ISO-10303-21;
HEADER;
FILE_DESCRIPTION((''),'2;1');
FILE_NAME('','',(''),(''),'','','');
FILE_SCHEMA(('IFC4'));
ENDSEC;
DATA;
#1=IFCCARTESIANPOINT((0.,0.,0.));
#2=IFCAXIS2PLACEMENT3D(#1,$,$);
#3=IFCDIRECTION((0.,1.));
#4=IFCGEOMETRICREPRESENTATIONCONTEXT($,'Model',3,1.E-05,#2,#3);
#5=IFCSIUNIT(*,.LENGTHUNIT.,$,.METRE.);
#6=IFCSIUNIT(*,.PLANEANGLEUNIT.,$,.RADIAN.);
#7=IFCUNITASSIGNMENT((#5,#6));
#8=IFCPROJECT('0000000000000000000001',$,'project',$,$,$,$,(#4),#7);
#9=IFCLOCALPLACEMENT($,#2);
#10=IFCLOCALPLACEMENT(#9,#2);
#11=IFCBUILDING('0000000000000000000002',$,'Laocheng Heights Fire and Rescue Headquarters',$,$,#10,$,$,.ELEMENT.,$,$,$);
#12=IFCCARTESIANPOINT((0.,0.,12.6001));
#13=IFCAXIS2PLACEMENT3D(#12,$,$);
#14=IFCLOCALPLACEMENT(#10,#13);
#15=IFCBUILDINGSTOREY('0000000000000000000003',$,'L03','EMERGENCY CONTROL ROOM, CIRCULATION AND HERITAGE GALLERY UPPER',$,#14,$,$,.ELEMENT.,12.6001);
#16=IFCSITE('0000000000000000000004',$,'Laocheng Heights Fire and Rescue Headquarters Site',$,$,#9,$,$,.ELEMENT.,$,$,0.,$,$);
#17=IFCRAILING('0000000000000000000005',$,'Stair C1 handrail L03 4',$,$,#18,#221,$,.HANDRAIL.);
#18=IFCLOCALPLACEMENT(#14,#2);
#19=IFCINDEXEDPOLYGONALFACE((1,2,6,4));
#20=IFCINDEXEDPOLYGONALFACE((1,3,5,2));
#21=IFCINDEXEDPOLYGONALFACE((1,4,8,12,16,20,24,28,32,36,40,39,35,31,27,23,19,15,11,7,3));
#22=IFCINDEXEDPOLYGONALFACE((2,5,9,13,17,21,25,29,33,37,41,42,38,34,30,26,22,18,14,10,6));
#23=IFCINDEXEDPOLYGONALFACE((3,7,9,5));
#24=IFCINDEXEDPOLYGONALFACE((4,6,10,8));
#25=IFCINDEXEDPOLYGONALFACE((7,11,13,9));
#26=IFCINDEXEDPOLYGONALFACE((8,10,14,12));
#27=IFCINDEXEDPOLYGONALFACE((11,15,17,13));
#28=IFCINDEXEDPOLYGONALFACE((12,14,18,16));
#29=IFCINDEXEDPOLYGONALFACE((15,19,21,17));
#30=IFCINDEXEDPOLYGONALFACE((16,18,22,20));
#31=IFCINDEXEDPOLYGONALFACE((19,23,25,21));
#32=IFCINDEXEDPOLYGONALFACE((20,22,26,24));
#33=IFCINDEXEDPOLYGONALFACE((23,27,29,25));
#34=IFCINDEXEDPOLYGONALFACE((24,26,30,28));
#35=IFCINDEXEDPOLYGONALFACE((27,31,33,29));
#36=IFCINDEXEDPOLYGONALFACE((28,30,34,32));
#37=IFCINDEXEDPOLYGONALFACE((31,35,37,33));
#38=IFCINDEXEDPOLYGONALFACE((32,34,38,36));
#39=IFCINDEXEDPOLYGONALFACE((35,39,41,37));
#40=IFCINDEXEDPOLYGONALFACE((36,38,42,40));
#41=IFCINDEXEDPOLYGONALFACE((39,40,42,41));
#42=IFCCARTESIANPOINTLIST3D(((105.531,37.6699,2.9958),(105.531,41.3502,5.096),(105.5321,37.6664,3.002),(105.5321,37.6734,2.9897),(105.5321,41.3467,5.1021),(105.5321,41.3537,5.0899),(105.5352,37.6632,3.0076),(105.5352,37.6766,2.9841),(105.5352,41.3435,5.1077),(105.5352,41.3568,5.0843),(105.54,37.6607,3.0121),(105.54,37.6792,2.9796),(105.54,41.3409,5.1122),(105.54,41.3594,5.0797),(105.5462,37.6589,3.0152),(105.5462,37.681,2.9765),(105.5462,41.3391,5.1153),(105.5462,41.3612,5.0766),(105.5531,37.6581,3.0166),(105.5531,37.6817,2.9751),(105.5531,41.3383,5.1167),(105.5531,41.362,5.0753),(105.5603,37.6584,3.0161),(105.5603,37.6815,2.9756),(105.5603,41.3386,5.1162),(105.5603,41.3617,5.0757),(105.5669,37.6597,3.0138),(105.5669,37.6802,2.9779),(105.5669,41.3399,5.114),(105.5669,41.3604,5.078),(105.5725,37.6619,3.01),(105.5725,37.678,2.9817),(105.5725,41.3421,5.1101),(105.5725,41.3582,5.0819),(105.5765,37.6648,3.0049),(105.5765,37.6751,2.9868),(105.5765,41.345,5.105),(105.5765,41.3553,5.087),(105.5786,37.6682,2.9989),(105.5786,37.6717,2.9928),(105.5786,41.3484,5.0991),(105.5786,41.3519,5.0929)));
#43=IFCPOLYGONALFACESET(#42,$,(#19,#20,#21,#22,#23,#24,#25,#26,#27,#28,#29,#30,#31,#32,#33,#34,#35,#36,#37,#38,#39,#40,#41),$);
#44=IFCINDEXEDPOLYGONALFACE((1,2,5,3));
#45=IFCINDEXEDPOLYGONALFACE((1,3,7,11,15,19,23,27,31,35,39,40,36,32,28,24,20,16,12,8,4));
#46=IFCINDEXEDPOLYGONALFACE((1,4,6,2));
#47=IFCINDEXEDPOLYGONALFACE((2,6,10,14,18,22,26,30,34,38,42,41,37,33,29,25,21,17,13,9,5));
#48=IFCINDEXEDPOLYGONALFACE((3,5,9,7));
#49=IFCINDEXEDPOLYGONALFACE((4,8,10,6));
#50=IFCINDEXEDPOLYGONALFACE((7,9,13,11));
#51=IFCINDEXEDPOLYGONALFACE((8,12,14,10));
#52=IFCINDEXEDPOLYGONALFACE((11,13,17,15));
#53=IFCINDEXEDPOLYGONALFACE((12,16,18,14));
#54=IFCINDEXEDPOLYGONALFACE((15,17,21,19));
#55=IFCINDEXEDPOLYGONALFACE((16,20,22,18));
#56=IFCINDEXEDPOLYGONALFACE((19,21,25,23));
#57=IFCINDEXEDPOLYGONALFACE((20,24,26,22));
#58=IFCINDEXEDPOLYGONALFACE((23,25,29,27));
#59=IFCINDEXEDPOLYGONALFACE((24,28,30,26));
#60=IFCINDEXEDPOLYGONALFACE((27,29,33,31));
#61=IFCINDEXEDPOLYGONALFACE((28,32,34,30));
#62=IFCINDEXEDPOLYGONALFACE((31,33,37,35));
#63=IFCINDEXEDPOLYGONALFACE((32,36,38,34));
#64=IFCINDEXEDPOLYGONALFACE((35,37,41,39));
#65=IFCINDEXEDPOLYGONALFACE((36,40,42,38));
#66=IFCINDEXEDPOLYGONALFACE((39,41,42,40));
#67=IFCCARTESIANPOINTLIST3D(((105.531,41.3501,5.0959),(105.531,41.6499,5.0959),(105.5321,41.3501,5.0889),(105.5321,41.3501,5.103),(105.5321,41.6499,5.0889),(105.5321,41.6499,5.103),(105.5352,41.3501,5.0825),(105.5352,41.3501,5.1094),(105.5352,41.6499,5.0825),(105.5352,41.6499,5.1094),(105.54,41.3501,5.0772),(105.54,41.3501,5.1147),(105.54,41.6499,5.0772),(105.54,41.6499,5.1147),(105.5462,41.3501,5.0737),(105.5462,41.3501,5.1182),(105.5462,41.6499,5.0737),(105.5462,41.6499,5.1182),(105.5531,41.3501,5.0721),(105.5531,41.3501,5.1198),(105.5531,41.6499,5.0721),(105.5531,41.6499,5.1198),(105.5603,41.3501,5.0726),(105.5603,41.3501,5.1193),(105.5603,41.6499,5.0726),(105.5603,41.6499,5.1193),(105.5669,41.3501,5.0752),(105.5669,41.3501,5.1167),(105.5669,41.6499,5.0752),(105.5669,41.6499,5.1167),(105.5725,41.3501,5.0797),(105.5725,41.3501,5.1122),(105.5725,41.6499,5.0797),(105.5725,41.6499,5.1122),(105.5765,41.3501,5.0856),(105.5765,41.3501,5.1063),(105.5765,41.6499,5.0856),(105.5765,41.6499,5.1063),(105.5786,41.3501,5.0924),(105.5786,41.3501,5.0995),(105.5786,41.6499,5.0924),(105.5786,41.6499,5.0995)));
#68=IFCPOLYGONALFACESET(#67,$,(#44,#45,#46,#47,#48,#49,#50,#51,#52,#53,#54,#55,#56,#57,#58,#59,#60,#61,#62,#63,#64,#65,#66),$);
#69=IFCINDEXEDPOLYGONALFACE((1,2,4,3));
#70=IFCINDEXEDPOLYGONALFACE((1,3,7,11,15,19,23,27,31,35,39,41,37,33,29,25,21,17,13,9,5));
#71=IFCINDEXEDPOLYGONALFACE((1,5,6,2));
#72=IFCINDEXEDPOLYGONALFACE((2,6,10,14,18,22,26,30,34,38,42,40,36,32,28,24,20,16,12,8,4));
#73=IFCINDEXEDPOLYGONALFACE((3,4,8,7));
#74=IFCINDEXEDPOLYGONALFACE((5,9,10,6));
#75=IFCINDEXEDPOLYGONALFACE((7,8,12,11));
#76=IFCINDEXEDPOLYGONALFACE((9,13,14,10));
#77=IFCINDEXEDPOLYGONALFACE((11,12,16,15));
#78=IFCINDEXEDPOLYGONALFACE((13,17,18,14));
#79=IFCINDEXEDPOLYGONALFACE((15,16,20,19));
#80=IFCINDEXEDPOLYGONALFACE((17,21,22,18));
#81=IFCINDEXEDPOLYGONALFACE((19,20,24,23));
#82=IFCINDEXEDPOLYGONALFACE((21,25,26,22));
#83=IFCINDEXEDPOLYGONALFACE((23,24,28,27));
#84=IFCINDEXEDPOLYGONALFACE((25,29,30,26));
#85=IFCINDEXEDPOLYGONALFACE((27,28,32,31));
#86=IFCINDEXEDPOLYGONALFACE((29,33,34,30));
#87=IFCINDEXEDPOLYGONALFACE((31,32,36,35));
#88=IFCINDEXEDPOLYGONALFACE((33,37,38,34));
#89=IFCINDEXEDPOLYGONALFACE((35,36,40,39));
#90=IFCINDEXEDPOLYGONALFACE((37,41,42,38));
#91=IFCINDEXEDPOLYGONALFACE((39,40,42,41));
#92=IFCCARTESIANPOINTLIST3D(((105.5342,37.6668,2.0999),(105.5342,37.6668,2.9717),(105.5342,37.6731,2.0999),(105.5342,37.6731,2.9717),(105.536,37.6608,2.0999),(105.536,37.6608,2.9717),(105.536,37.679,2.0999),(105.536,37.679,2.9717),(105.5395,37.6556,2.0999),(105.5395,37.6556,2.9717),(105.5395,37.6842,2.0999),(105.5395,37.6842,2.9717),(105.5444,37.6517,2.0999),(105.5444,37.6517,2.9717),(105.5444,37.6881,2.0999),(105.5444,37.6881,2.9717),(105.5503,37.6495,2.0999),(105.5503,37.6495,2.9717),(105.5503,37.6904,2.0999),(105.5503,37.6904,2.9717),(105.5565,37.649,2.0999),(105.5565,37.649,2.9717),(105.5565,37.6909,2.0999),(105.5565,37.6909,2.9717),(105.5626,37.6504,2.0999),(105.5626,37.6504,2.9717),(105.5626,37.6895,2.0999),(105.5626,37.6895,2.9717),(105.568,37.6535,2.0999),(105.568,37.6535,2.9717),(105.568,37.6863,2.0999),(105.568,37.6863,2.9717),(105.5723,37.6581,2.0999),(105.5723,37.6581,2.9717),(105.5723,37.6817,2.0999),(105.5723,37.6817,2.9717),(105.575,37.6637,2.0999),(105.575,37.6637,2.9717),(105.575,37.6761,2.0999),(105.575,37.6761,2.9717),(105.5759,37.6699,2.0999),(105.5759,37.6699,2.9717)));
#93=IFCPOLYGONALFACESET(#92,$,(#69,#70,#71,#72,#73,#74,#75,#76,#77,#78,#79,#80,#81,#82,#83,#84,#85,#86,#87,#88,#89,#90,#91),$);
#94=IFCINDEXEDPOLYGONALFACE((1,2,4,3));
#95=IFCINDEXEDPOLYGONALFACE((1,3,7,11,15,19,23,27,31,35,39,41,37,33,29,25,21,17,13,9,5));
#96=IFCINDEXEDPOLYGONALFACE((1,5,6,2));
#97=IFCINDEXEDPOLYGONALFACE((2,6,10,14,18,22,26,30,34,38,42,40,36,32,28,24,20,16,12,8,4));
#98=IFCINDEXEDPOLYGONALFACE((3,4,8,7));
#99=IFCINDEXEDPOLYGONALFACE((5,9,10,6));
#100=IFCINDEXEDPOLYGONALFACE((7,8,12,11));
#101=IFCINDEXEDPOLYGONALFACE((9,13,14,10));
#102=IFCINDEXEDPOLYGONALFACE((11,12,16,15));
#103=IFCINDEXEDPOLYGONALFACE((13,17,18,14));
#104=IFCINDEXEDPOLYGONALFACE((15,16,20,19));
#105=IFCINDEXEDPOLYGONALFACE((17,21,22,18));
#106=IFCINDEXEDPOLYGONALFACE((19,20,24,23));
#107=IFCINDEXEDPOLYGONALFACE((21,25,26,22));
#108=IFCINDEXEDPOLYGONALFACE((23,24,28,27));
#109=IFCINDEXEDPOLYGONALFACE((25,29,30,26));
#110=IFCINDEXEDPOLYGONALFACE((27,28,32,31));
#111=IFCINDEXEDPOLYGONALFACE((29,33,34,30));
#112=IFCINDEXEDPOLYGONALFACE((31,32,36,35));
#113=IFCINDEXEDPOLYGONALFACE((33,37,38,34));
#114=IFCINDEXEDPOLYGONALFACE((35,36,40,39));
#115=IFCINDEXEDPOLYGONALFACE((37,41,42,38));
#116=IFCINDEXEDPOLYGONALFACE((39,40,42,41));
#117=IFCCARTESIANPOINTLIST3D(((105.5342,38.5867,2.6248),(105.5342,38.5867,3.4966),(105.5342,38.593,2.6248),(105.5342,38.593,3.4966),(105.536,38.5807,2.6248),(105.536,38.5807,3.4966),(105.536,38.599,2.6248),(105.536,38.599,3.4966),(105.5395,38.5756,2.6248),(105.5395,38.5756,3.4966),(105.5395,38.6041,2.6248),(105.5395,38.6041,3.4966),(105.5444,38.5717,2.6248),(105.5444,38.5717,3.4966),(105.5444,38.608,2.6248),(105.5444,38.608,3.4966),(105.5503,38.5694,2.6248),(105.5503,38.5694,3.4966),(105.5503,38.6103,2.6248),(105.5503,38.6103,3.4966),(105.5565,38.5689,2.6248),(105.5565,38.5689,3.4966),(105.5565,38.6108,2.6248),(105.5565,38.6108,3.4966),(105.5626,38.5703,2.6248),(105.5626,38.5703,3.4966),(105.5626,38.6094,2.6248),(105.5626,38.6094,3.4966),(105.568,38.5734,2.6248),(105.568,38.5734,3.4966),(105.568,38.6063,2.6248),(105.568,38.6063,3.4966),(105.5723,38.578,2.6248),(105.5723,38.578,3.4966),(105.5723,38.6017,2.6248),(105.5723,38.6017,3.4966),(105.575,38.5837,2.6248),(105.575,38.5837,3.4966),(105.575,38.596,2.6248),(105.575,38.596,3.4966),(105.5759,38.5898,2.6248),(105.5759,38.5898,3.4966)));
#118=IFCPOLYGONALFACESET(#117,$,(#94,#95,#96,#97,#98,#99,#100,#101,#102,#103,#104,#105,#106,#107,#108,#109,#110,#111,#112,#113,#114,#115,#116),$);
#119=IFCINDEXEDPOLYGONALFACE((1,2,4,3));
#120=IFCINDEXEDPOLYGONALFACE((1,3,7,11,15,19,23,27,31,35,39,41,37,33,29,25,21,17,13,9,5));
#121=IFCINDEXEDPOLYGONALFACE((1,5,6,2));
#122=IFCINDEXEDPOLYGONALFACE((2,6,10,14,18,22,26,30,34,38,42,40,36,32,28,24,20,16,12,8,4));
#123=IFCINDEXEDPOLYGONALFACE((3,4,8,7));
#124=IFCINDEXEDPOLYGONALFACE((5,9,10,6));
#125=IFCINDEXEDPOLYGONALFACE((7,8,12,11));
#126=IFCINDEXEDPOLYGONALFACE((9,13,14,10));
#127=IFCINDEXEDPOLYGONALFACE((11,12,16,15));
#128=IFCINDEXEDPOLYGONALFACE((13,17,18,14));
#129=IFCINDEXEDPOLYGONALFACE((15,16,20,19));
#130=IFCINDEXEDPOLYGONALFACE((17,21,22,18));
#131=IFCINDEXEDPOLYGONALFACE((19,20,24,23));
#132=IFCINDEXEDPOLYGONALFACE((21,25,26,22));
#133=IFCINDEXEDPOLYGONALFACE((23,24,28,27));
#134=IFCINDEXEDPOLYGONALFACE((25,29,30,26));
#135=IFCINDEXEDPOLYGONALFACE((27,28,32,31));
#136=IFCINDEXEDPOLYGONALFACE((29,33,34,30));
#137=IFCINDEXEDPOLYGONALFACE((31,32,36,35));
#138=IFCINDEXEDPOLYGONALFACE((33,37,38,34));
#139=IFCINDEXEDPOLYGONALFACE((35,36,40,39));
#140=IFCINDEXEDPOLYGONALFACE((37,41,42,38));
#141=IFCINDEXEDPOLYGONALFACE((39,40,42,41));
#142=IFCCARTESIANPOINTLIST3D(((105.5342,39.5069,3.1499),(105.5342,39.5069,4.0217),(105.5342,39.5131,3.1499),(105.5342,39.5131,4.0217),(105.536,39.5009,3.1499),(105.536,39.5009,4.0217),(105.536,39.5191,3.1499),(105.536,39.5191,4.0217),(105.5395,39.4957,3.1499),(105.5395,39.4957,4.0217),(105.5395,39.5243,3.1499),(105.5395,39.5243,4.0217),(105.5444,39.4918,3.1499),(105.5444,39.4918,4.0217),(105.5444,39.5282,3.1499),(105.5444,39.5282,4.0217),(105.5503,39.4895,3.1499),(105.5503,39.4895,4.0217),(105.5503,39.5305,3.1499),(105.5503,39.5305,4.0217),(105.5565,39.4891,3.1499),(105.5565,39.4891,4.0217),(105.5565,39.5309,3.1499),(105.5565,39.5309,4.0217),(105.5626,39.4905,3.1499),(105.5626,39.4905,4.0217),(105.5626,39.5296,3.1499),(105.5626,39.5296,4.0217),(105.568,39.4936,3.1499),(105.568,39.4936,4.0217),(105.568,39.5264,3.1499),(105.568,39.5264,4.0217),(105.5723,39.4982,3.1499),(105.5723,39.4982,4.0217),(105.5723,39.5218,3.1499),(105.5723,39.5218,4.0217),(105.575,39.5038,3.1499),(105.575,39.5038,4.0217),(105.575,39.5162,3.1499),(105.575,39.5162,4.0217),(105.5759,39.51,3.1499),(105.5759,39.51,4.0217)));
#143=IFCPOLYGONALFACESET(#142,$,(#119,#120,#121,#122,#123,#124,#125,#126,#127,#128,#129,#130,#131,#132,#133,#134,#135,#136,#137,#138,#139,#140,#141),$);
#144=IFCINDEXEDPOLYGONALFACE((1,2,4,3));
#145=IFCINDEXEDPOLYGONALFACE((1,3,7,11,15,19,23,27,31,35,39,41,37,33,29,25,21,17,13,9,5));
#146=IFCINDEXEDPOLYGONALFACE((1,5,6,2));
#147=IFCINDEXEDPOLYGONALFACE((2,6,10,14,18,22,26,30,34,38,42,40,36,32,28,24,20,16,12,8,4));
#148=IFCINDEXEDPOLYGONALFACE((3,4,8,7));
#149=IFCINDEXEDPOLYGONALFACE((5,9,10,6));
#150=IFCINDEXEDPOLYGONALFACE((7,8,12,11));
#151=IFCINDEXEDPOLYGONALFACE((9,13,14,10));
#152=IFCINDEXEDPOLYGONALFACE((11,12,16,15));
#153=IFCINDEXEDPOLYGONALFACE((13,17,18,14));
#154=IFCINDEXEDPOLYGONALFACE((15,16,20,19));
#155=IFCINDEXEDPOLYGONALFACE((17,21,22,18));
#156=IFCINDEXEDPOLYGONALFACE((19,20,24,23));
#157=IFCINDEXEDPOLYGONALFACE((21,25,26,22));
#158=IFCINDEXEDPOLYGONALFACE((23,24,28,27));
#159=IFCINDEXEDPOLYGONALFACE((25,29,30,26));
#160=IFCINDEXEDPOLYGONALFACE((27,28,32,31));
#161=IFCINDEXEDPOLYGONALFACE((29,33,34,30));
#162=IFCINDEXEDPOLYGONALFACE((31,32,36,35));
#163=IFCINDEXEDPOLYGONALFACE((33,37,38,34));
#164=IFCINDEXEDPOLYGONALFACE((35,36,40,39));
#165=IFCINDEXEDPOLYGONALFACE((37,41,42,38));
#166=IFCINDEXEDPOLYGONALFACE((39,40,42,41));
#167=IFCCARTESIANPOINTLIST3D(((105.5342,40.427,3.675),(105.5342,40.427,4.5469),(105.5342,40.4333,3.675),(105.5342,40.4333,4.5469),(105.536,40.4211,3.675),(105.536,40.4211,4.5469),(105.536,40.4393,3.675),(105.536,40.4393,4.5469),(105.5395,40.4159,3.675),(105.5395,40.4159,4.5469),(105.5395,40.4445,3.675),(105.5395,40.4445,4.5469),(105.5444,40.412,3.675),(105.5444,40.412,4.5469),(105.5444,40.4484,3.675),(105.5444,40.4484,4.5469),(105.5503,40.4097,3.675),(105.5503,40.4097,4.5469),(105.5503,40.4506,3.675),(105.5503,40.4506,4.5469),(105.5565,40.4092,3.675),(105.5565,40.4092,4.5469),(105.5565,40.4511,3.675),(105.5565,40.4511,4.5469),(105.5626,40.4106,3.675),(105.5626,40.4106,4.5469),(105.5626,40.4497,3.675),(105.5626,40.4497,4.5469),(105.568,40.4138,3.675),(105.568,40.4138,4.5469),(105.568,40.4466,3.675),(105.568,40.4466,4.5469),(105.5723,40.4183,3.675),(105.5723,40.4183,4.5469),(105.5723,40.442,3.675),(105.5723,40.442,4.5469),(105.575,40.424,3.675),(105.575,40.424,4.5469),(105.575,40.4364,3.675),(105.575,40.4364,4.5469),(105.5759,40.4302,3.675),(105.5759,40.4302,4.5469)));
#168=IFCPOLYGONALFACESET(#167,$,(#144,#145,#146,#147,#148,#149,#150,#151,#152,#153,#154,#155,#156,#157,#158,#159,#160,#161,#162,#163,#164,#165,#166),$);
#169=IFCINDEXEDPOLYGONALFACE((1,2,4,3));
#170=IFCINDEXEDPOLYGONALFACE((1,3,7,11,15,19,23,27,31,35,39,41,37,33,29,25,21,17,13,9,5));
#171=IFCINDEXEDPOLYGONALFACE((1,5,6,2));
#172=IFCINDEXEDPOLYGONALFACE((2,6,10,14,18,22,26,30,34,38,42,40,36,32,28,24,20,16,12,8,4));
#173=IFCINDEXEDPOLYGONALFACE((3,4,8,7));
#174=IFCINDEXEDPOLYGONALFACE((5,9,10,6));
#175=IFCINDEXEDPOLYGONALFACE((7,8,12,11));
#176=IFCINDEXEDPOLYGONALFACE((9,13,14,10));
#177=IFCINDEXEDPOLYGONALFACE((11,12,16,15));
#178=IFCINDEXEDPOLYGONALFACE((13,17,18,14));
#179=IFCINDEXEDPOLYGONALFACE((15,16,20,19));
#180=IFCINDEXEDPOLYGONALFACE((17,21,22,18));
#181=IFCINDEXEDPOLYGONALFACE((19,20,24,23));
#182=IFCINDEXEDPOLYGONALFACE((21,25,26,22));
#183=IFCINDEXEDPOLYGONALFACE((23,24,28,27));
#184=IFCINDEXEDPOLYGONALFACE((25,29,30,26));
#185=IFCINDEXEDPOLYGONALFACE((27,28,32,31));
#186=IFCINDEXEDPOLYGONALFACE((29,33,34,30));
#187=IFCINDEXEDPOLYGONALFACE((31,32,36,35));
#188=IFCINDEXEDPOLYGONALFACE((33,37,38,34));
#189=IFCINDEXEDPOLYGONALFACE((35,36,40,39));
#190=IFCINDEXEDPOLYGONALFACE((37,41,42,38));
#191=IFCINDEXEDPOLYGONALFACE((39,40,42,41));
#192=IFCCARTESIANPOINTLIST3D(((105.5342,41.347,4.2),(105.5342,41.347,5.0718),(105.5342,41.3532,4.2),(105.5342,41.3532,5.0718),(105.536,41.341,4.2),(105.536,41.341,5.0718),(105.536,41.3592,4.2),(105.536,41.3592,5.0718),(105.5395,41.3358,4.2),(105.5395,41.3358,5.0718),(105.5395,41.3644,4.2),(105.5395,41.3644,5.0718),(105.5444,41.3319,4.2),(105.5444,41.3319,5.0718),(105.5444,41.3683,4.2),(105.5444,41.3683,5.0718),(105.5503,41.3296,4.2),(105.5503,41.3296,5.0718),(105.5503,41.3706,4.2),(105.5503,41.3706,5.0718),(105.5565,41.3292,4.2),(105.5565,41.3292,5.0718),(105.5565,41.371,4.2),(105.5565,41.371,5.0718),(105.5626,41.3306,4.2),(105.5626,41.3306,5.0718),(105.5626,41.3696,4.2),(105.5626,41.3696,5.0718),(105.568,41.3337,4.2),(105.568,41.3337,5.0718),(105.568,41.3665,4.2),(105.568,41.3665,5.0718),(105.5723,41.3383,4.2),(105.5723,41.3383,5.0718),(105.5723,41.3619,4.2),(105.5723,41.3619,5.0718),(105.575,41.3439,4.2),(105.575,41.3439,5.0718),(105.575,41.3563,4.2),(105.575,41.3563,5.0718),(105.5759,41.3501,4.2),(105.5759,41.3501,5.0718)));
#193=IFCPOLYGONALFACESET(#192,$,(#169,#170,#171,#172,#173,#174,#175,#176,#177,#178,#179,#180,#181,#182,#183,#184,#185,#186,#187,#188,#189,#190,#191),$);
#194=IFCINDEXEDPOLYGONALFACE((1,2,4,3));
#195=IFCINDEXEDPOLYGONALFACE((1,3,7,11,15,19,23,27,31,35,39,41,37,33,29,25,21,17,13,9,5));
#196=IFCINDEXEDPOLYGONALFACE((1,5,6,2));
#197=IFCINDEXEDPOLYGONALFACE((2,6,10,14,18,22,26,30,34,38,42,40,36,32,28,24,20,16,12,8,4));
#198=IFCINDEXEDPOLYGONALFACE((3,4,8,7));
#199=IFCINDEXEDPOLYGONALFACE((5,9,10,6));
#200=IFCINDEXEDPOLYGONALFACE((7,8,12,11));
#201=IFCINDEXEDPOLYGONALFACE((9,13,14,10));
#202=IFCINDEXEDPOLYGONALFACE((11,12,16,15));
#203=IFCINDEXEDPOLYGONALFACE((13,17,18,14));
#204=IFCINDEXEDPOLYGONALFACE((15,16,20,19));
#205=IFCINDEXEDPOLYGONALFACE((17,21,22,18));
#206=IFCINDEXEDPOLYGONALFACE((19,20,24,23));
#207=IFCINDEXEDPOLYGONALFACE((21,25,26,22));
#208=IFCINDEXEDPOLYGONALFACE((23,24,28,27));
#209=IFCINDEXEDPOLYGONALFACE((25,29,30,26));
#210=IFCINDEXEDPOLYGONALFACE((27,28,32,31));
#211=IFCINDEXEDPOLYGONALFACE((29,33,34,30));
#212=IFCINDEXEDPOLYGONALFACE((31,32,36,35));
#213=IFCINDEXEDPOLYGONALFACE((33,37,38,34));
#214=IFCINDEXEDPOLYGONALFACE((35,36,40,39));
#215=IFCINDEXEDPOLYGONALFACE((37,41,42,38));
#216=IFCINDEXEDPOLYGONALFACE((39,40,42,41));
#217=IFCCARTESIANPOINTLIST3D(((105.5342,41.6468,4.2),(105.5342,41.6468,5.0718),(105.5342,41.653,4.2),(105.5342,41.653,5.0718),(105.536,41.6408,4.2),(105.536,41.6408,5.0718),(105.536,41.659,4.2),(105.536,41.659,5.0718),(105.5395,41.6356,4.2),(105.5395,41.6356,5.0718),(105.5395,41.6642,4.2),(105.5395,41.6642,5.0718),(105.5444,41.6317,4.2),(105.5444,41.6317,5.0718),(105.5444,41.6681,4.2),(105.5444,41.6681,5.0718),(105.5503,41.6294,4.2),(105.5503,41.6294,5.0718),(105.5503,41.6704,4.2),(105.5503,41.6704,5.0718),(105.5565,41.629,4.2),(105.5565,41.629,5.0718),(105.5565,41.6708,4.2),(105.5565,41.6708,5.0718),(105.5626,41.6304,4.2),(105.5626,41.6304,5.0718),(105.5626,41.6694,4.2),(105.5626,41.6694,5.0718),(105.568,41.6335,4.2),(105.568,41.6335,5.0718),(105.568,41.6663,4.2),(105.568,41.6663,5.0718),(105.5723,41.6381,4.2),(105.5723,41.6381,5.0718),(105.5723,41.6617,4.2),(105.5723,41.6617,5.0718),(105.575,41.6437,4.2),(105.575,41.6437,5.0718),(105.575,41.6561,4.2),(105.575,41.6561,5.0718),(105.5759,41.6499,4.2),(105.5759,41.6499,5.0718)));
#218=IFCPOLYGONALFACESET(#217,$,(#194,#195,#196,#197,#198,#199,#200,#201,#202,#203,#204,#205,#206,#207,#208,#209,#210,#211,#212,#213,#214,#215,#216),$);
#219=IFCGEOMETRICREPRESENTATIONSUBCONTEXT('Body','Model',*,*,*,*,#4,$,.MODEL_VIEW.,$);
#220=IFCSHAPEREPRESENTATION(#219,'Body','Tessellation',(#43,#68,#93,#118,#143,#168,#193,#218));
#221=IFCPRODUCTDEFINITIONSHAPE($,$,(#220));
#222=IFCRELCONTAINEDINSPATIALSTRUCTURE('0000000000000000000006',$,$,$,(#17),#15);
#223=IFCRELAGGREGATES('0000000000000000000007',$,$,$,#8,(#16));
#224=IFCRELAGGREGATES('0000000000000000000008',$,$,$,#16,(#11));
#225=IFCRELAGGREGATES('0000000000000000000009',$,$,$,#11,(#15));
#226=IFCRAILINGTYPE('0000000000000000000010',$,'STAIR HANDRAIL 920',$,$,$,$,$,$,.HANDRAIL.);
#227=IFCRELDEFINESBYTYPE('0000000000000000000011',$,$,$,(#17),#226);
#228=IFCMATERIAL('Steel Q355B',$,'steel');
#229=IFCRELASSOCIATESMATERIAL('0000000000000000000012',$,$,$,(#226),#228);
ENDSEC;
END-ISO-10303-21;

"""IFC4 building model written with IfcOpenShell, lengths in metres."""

from ifc_helpers import new_model, si_unit, direction, frame, origin, origin_2d, place, context, subcontext, project, spatial, circle, extrude, material, type_object, element, save


model = new_model("IFC4")

# Units and contexts
model_context = context("Model", 3, precision=1e-05, world=origin(), true_north=direction((0.0, 1.0)))
body_context = subcontext(model_context, "Body", "Model", "MODEL_VIEW")
ifc_project = project(units=[si_unit("LENGTHUNIT", "METRE"), si_unit("PLANEANGLEUNIT", "RADIAN")], contexts=[model_context])

# Site, building, storey
site_placement = place(None, origin())
site = spatial("IfcSite", under=ifc_project, at=site_placement, Name="Laocheng Heights Fire and Rescue Headquarters Site", CompositionType="ELEMENT", RefElevation=0.0)
building_placement = place(site_placement, origin())
building = spatial("IfcBuilding", under=site, at=building_placement, Name="Laocheng Heights Fire and Rescue Headquarters", CompositionType="ELEMENT")
storey_placement = place(building_placement, frame((0.0, 0.0, 12.6001)))
storey = spatial("IfcBuildingStorey", under=building, at=storey_placement, Name="L03", Description="EMERGENCY CONTROL ROOM, CIRCULATION AND HERITAGE GALLERY UPPER", CompositionType="ELEMENT", Elevation=12.6001)

# Railing
ifc_material_1 = material(Name="Steel Q355B", Category="steel")
railing_type_1 = type_object("IfcRailingType", Name="STAIR HANDRAIL 920", PredefinedType="HANDRAIL", material=ifc_material_1)
railing_1_placement = place(storey_placement, frame((105.5549, 37.6699, 2.0999)))
element("IfcRailing", 1, at=railing_1_placement, inside=storey, type_object=railing_type_1, Name="Stair C1 handrail L03 4", PredefinedType="HANDRAIL", context=body_context, shape_type="SweptSolid", body=[
    extrude(circle(Radius=0.0239, at=origin_2d()), frame((0.0, 0.0, 0.896), z_axis=(0.0, 0.868534, 0.49563), x_axis=(-1.0, 0.0, 0.0)), (0.0, 0.0, 1.0), 4.2373),
    extrude(circle(Radius=0.0239, at=origin_2d()), frame((0.0, 3.6802, 2.9961), z_axis=(0.0, 1.0, 0.0), x_axis=(-1.0, 0.0, 0.0)), (0.0, 0.0, 1.0), 0.2998),
    extrude(circle(Radius=0.021, at=origin_2d()), origin(), (0.0, 0.0, 1.0), 0.8718),
    extrude(circle(Radius=0.021, at=origin_2d()), frame((0.0, 0.9199, 0.5249)), (0.0, 0.0, 1.0), 0.8718),
    extrude(circle(Radius=0.021, at=origin_2d()), frame((0.0, 1.8401, 1.05)), (0.0, 0.0, 1.0), 0.8718),
    extrude(circle(Radius=0.021, at=origin_2d()), frame((0.0, 2.7603, 1.5752)), (0.0, 0.0, 1.0), 0.8718),
    extrude(circle(Radius=0.021, at=origin_2d()), frame((0.0, 3.6802, 2.1001)), (0.0, 0.0, 1.0), 0.8718),
    extrude(circle(Radius=0.021, at=origin_2d()), frame((0.0, 3.98, 2.1001)), (0.0, 0.0, 1.0), 0.8718),
])

save(model, "model.ifc")
